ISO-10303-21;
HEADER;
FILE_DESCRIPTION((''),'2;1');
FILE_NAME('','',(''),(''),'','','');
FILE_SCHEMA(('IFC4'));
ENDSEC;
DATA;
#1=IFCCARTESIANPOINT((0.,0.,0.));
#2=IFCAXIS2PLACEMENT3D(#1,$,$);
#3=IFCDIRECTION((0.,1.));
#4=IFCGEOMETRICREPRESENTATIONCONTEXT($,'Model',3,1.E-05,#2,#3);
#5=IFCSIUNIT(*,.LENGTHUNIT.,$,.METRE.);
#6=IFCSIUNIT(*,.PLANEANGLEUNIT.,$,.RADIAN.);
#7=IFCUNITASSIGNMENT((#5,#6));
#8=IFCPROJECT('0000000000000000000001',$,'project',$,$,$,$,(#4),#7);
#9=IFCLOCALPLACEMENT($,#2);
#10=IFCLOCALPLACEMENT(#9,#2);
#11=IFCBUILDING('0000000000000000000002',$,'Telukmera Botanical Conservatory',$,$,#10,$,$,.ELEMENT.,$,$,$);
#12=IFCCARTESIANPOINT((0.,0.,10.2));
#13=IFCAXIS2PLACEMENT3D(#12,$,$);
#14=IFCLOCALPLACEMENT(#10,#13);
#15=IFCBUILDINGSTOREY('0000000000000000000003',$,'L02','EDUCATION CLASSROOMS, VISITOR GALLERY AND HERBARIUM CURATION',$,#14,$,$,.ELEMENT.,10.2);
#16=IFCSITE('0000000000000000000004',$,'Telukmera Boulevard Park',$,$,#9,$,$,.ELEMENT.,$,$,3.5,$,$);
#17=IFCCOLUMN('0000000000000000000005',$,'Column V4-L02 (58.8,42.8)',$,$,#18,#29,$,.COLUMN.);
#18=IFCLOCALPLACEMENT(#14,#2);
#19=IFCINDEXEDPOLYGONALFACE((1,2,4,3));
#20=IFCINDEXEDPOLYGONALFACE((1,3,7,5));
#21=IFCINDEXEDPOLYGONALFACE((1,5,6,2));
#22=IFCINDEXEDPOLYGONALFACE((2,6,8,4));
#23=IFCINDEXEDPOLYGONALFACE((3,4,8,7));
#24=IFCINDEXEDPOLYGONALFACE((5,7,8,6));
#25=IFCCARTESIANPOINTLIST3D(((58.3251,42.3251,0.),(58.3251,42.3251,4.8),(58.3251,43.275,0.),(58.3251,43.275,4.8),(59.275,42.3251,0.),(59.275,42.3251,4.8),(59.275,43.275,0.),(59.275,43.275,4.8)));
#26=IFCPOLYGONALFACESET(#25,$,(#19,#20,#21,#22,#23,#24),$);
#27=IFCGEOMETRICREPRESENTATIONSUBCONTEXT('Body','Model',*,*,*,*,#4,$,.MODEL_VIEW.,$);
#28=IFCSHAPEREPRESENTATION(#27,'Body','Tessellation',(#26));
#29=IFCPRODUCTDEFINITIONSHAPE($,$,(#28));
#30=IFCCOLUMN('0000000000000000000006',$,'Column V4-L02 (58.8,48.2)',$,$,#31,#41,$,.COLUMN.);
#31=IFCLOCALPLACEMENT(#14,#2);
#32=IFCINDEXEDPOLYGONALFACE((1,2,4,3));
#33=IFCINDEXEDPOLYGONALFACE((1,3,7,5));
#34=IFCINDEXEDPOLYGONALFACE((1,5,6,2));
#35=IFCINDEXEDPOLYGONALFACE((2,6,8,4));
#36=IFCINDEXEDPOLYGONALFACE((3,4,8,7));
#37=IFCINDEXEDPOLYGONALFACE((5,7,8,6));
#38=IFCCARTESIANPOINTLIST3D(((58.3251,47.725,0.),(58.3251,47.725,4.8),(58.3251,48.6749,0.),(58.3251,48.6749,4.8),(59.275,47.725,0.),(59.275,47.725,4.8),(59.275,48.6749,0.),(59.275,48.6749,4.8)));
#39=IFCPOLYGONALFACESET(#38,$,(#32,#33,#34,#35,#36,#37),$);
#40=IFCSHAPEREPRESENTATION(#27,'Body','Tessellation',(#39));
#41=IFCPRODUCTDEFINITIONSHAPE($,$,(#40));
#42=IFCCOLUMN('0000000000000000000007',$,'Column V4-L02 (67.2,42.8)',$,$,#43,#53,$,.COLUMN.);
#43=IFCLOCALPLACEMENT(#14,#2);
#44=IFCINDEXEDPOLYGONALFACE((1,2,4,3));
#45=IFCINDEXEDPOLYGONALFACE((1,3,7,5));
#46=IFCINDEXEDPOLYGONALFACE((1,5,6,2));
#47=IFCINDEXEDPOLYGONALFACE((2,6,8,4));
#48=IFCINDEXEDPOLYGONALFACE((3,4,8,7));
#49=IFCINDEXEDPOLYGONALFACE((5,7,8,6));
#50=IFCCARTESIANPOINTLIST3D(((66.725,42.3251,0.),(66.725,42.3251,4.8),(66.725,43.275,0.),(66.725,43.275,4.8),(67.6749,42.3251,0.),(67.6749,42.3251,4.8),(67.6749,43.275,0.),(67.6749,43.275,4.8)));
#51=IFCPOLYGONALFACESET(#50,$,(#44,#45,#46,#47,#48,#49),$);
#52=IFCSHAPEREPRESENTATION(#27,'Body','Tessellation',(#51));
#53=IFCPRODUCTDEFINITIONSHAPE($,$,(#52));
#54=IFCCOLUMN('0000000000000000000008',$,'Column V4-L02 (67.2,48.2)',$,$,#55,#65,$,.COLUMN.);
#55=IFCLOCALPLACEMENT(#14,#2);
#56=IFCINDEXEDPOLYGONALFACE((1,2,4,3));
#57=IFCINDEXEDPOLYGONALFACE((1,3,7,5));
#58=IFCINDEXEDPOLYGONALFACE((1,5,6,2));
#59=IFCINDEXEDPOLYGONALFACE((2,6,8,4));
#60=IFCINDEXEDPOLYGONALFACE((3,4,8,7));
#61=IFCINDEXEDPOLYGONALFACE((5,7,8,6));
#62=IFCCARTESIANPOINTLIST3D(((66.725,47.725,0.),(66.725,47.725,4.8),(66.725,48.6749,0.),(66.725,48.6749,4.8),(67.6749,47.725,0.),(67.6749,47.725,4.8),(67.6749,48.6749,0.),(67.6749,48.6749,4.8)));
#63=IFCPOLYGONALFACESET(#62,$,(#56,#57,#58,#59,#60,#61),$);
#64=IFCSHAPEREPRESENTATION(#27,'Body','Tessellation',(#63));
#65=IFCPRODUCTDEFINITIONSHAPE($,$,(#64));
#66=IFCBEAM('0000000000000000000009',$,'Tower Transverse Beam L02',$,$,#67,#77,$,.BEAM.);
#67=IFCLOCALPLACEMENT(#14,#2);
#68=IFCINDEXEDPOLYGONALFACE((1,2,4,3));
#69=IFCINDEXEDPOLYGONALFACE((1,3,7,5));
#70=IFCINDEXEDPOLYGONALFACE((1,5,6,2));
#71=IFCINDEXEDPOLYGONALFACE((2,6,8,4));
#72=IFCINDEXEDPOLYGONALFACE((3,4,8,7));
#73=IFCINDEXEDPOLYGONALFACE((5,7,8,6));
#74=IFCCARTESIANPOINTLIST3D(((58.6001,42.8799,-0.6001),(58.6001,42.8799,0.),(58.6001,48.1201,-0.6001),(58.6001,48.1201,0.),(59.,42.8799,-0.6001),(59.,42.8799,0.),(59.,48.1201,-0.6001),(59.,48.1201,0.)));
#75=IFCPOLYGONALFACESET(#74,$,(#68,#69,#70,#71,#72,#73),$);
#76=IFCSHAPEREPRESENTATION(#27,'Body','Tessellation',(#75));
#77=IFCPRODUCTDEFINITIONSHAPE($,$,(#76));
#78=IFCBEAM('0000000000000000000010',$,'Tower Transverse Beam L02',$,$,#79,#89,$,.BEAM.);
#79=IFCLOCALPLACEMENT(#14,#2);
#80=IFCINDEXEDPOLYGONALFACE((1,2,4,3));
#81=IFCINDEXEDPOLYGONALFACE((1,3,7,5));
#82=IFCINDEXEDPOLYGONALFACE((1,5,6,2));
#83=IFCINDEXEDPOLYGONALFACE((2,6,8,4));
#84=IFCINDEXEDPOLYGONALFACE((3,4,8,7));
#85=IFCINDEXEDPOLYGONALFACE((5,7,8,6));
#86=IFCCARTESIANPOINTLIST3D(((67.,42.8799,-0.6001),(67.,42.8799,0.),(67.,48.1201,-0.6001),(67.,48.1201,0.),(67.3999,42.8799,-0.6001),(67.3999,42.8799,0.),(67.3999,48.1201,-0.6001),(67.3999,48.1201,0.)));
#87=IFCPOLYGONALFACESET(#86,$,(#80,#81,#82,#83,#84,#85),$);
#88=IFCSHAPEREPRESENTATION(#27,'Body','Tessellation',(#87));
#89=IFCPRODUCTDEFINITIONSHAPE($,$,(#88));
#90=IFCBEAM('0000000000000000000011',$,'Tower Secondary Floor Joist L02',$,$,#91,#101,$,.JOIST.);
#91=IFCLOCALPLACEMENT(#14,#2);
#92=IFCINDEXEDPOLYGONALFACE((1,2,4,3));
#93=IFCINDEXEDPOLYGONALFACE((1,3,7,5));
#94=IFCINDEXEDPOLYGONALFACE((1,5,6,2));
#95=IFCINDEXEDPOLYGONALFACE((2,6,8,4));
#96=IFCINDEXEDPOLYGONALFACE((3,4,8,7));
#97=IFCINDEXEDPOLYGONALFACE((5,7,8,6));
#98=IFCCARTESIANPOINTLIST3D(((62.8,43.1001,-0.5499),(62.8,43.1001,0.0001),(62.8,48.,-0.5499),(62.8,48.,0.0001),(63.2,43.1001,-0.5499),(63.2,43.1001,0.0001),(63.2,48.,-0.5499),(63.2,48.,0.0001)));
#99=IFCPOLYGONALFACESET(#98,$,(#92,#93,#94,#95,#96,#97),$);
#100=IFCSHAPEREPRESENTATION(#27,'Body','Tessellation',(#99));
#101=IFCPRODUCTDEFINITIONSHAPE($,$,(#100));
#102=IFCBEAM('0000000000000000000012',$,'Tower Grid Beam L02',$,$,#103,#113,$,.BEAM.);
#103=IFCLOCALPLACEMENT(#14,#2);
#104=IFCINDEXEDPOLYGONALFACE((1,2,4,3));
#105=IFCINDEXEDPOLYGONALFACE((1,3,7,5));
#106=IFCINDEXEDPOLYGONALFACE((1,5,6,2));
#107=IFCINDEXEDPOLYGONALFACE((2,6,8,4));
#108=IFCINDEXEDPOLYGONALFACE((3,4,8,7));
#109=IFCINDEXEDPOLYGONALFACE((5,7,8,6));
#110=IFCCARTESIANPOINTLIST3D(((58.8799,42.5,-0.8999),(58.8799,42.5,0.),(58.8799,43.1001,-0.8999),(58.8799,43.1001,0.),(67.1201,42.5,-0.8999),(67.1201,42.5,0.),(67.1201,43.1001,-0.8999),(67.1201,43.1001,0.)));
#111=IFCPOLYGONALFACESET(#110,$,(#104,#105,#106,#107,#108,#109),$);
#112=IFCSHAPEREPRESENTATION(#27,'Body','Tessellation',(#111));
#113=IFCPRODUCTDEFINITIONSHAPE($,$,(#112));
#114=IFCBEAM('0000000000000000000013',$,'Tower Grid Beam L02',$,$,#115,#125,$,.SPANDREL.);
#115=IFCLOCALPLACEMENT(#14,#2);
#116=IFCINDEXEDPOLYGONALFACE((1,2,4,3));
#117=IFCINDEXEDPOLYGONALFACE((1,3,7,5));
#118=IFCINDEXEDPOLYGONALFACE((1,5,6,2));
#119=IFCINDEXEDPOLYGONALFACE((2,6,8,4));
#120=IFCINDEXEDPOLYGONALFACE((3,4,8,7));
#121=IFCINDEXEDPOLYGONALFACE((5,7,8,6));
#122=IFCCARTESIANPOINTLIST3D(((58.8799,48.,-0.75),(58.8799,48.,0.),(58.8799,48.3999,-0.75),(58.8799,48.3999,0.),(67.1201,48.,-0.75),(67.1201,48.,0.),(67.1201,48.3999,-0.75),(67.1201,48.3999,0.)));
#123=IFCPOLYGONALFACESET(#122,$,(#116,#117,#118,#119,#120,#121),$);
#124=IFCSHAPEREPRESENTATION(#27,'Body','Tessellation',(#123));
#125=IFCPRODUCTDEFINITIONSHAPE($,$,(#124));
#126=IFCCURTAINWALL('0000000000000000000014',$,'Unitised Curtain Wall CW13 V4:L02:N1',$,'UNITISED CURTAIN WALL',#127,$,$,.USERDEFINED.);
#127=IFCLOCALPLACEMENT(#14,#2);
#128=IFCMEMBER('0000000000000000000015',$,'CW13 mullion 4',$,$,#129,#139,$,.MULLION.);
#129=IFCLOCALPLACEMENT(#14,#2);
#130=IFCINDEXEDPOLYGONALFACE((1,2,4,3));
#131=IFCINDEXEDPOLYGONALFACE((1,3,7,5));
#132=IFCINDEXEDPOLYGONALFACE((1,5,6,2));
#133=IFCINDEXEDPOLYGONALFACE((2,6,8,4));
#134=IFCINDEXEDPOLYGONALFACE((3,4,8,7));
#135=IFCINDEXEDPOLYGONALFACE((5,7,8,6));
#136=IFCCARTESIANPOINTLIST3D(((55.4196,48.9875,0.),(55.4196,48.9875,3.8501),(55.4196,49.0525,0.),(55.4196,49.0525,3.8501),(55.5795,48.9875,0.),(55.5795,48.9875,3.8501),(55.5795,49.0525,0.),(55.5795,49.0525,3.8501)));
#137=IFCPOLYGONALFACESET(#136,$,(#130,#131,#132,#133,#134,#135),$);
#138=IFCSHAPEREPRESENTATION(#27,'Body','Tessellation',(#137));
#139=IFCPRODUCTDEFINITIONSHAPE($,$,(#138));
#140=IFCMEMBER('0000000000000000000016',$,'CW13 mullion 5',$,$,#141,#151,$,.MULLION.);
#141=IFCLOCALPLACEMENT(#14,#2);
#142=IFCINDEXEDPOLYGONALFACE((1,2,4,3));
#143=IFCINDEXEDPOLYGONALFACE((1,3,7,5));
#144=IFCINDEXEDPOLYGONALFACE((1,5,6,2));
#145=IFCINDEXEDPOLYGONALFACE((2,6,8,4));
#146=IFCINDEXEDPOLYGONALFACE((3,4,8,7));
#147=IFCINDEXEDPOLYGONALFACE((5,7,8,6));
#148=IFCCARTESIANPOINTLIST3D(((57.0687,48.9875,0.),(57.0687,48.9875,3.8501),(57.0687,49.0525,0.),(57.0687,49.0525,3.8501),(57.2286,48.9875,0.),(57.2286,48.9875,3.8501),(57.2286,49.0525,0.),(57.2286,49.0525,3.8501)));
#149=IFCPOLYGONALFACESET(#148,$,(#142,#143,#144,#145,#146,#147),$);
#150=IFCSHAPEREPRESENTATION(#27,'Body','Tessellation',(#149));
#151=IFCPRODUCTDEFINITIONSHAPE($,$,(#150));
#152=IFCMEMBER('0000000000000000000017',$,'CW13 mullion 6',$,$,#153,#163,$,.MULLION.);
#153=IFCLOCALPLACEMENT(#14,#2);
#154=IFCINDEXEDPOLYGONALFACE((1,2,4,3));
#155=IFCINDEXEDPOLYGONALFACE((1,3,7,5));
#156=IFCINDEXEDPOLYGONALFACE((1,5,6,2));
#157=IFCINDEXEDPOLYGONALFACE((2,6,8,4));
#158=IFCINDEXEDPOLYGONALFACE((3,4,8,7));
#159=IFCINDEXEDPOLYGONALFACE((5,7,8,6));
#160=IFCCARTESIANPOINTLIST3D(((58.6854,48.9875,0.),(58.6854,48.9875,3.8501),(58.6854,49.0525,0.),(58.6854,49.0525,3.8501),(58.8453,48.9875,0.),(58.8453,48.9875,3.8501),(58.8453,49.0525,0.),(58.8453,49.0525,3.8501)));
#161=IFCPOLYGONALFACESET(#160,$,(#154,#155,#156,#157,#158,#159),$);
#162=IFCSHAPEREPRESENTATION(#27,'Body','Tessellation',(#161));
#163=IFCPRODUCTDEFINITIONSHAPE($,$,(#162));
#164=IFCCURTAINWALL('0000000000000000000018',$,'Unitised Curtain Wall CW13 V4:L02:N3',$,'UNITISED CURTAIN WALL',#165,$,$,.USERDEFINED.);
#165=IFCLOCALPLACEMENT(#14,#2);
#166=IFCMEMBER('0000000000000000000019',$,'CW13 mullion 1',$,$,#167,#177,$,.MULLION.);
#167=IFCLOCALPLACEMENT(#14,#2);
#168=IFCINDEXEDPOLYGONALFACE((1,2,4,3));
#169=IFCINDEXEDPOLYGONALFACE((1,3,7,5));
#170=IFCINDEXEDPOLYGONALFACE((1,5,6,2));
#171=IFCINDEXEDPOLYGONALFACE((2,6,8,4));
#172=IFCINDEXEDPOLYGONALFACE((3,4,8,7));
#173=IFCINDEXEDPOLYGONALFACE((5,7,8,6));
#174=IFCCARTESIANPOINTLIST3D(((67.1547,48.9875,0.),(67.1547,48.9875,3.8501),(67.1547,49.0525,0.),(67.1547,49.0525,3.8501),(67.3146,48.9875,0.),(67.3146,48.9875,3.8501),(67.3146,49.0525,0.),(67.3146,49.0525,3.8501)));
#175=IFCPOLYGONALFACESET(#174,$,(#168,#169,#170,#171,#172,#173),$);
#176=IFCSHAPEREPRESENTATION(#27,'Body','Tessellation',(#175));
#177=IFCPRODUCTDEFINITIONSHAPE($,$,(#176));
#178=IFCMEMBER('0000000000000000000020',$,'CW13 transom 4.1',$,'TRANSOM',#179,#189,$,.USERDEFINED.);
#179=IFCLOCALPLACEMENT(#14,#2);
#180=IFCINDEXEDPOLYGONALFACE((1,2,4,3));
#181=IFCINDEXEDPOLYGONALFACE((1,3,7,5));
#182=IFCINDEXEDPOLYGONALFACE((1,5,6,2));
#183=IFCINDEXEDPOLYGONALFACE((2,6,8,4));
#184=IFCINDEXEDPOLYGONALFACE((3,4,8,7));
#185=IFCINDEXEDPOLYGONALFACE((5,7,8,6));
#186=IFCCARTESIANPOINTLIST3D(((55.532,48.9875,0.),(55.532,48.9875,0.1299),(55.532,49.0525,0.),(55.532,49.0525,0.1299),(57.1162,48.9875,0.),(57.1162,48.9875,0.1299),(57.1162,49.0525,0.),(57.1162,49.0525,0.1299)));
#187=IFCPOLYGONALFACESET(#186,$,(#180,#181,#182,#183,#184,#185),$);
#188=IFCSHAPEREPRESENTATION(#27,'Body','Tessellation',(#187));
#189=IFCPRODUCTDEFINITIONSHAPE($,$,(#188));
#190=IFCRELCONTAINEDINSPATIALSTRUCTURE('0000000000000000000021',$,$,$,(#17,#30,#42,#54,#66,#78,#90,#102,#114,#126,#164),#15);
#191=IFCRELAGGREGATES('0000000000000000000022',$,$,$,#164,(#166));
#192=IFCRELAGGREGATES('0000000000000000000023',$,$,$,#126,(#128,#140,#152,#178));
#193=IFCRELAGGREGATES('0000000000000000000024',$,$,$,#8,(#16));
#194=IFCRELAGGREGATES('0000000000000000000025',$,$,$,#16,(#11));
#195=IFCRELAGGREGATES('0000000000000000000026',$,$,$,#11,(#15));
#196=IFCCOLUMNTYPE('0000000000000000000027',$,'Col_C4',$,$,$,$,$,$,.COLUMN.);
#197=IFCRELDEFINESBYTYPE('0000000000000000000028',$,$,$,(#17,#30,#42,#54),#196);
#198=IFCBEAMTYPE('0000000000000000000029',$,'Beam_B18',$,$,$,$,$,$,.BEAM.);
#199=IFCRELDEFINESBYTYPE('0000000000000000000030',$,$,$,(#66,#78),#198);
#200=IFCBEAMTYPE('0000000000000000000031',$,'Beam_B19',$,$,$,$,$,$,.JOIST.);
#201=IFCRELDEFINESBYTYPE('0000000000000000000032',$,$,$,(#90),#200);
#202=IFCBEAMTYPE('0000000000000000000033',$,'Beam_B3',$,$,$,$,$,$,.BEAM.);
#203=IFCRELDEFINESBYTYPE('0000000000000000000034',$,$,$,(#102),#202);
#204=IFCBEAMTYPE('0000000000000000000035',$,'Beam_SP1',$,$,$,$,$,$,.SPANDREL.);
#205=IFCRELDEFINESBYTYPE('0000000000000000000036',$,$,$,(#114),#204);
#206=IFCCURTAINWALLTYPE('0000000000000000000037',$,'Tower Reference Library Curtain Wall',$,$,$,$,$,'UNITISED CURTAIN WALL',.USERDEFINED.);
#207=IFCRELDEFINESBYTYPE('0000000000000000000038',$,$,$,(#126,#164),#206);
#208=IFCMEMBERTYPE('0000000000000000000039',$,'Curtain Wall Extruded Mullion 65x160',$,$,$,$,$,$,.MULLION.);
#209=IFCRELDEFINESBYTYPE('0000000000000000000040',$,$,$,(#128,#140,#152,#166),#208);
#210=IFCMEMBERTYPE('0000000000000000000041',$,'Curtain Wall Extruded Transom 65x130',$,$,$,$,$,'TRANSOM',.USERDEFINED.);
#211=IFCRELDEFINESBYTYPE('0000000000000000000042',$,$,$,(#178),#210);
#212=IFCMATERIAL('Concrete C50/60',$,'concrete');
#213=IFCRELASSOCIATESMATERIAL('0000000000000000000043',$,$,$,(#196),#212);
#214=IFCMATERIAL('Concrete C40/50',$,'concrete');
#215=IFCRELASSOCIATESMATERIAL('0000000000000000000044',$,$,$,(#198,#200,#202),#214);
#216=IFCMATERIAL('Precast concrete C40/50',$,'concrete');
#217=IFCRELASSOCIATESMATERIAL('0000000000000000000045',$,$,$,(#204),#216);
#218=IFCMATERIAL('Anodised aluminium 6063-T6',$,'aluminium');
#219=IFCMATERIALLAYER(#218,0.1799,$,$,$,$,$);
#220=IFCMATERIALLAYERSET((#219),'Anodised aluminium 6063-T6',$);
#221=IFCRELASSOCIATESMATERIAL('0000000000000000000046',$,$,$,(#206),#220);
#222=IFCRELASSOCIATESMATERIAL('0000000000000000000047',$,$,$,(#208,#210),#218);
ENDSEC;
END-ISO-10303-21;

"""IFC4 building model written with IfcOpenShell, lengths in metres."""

from ifc_helpers import new_model, si_unit, direction, frame, origin, origin_2d, place, context, subcontext, project, spatial, rectangle, extrude, material, layer, layer_set, material_profile, profile_set, type_object, element, aggregate, save


model = new_model("IFC4")

# Units and contexts
model_context = context("Model", 3, precision=1e-05, world=origin(), true_north=direction((0.0, 1.0)))
body_context = subcontext(model_context, "Body", "Model", "MODEL_VIEW")
ifc_project = project(units=[si_unit("LENGTHUNIT", "METRE"), si_unit("PLANEANGLEUNIT", "RADIAN")], contexts=[model_context])

# Site, building, storey
site_placement = place(None, origin())
site = spatial("IfcSite", under=ifc_project, at=site_placement, Name="Telukmera Boulevard Park", CompositionType="ELEMENT", RefElevation=3.5)
building_placement = place(site_placement, origin())
building = spatial("IfcBuilding", under=site, at=building_placement, Name="Telukmera Botanical Conservatory", CompositionType="ELEMENT")
storey_placement = place(building_placement, frame((0.0, 0.0, 10.2)))
storey = spatial("IfcBuildingStorey", under=building, at=storey_placement, Name="L02", Description="EDUCATION CLASSROOMS, VISITOR GALLERY AND HERBARIUM CURATION", CompositionType="ELEMENT", Elevation=10.2)

# Columns
ifc_material_1 = material(Name="Concrete C50/60", Category="concrete")
ifc_material_profile_1 = material_profile(ifc_material_1, rectangle(XDim=0.95, YDim=0.95, at=origin_2d()), Name="RC 950x950")
ifc_profile_set_1 = profile_set([ifc_material_profile_1], Name="Concrete C50/60")
column_type = type_object("IfcColumnType", Name="Col_C4", PredefinedType="COLUMN", material=ifc_profile_set_1)
for number, where, z_axis, x_axis, name in (
    (1, (58.8, 42.8, 0.0), (0.0, 0.0, 1.0), (1.0, 0.0, 0.0), "Column V4-L02 (58.8,42.8)"),
    (2, (58.8, 48.2, 0.0), (0.0, 0.0, 1.0), (1.0, 0.0, 0.0), "Column V4-L02 (58.8,48.2)"),
    (3, (67.2, 42.8, 0.0), (0.0, 0.0, 1.0), (1.0, 0.0, 0.0), "Column V4-L02 (67.2,42.8)"),
    (4, (67.2, 48.2, 0.0), (0.0, 0.0, 1.0), (1.0, 0.0, 0.0), "Column V4-L02 (67.2,48.2)"),
):
    element("IfcColumn", number, at=place(storey_placement, frame(where, z_axis=z_axis, x_axis=x_axis)), inside=storey, type_object=column_type, Name=name, PredefinedType="COLUMN", context=body_context, shape_type="SweptSolid", body=[
        extrude(rectangle(XDim=0.95, YDim=0.95, at=origin_2d()), origin(), (0.0, 0.0, 1.0), 4.8),
    ])

# Beams
ifc_material_2 = material(Name="Concrete C40/50", Category="concrete")
ifc_material_profile_2 = material_profile(ifc_material_2, rectangle(XDim=0.3999, YDim=0.6001, at=origin_2d()), Name="RC 400x600")
ifc_profile_set_2 = profile_set([ifc_material_profile_2], Name="Concrete C40/50")
beam_type_1 = type_object("IfcBeamType", Name="Beam_B18", PredefinedType="BEAM", material=ifc_profile_set_2)
for number, where, z_axis, x_axis, name in (
    (5, (58.8, 42.8799, -0.3), (0.0, 1.0, 0.0), (-1.0, 0.0, 0.0), "Tower Transverse Beam L02"),
    (6, (67.2, 42.8799, -0.3), (0.0, 1.0, 0.0), (-1.0, 0.0, 0.0), "Tower Transverse Beam L02"),
):
    element("IfcBeam", number, at=place(storey_placement, frame(where, z_axis=z_axis, x_axis=x_axis)), inside=storey, type_object=beam_type_1, Name=name, PredefinedType="BEAM", context=body_context, shape_type="SweptSolid", body=[
        extrude(rectangle(XDim=0.3999, YDim=0.6001, at=origin_2d()), origin(), (0.0, 0.0, 1.0), 5.2402),
    ])
ifc_material_profile_3 = material_profile(ifc_material_2, rectangle(XDim=0.3999, YDim=0.55, at=origin_2d()), Name="RC 400x550")
ifc_profile_set_3 = profile_set([ifc_material_profile_3], Name="Concrete C40/50")
beam_type_2 = type_object("IfcBeamType", Name="Beam_B19", PredefinedType="JOIST", material=ifc_profile_set_3)
beam_1_placement = place(storey_placement, frame((63.0, 43.1001, -0.2749), z_axis=(0.0, 1.0, 0.0), x_axis=(-1.0, 0.0, 0.0)))
element("IfcBeam", 7, at=beam_1_placement, inside=storey, type_object=beam_type_2, Name="Tower Secondary Floor Joist L02", PredefinedType="JOIST", context=body_context, shape_type="SweptSolid", body=[
    extrude(rectangle(XDim=0.3999, YDim=0.55, at=origin_2d()), origin(), (0.0, 0.0, 1.0), 4.8999),
])
ifc_material_profile_4 = material_profile(ifc_material_2, rectangle(XDim=0.6001, YDim=0.8999, at=origin_2d()), Name="RC 600x900")
ifc_profile_set_4 = profile_set([ifc_material_profile_4], Name="Concrete C40/50")
beam_type_3 = type_object("IfcBeamType", Name="Beam_B3", PredefinedType="BEAM", material=ifc_profile_set_4)
beam_2_placement = place(storey_placement, frame((58.8799, 42.8, -0.45), z_axis=(1.0, 0.0, 0.0), x_axis=(0.0, 1.0, 0.0)))
element("IfcBeam", 8, at=beam_2_placement, inside=storey, type_object=beam_type_3, Name="Tower Grid Beam L02", PredefinedType="BEAM", context=body_context, shape_type="SweptSolid", body=[
    extrude(rectangle(XDim=0.6001, YDim=0.8999, at=origin_2d()), origin(), (0.0, 0.0, 1.0), 8.2402),
])
ifc_material_3 = material(Name="Precast concrete C40/50", Category="concrete")
ifc_material_profile_5 = material_profile(ifc_material_3, rectangle(XDim=0.3999, YDim=0.75, at=origin_2d()), Name="PC 400x750")
ifc_profile_set_5 = profile_set([ifc_material_profile_5], Name="Precast concrete C40/50")
beam_type_4 = type_object("IfcBeamType", Name="Beam_SP1", PredefinedType="SPANDREL", material=ifc_profile_set_5)
beam_3_placement = place(storey_placement, frame((58.8799, 48.2, -0.375), z_axis=(1.0, 0.0, 0.0), x_axis=(0.0, 1.0, 0.0)))
element("IfcBeam", 9, at=beam_3_placement, inside=storey, type_object=beam_type_4, Name="Tower Grid Beam L02", PredefinedType="SPANDREL", context=body_context, shape_type="SweptSolid", body=[
    extrude(rectangle(XDim=0.3999, YDim=0.75, at=origin_2d()), origin(), (0.0, 0.0, 1.0), 8.2402),
])

# Curtain wall, members
ifc_material_4 = material(Name="Anodised aluminium 6063-T6", Category="aluminium")
ifc_layer_1 = layer(ifc_material_4, 0.1799)
ifc_layer_set_1 = layer_set([ifc_layer_1], Name="Anodised aluminium 6063-T6")
curtain_wall_type = type_object("IfcCurtainWallType", Name="Tower Reference Library Curtain Wall", ElementType="UNITISED CURTAIN WALL", PredefinedType="USERDEFINED", material=ifc_layer_set_1)
curtain_wall_1_placement = place(storey_placement, origin())
curtain_wall_1 = element("IfcCurtainWall", 10, at=curtain_wall_1_placement, inside=storey, type_object=curtain_wall_type, Name="Unitised Curtain Wall CW13 V4:L02:N1", ObjectType="UNITISED CURTAIN WALL", PredefinedType="USERDEFINED")
ifc_material_profile_6 = material_profile(ifc_material_4, rectangle(XDim=0.0649, YDim=0.1599, at=origin_2d()), Name="ALU MULL 65x160")
ifc_profile_set_6 = profile_set([ifc_material_profile_6], Name="Anodised aluminium 6063-T6")
member_type_1 = type_object("IfcMemberType", Name="Curtain Wall Extruded Mullion 65x160", PredefinedType="MULLION", material=ifc_profile_set_6)
member_1_placement = place(storey_placement, frame((55.4995, 49.02, 0.0), z_axis=(0.0, 0.0, 1.0), x_axis=(0.0, 1.0, 0.0)))
member_1 = element("IfcMember", 11, at=member_1_placement, type_object=member_type_1, Name="CW13 mullion 4", PredefinedType="MULLION", context=body_context, shape_type="SweptSolid", body=[
    extrude(rectangle(XDim=0.0649, YDim=0.1599, at=origin_2d()), origin(), (0.0, 0.0, 1.0), 3.8501),
])
member_2_placement = place(storey_placement, frame((57.1487, 49.02, 0.0), z_axis=(0.0, 0.0, 1.0), x_axis=(0.0, 1.0, 0.0)))
member_2 = element("IfcMember", 12, at=member_2_placement, type_object=member_type_1, Name="CW13 mullion 5", PredefinedType="MULLION", context=body_context, shape_type="SweptSolid", body=[
    extrude(rectangle(XDim=0.0649, YDim=0.1599, at=origin_2d()), origin(), (0.0, 0.0, 1.0), 3.8501),
])
member_3_placement = place(storey_placement, frame((58.7654, 49.02, 0.0), z_axis=(0.0, 0.0, 1.0), x_axis=(0.0, 1.0, 0.0)))
member_3 = element("IfcMember", 13, at=member_3_placement, type_object=member_type_1, Name="CW13 mullion 6", PredefinedType="MULLION", context=body_context, shape_type="SweptSolid", body=[
    extrude(rectangle(XDim=0.0649, YDim=0.1599, at=origin_2d()), origin(), (0.0, 0.0, 1.0), 3.8501),
])

# Curtain wall, member
curtain_wall_2_placement = place(storey_placement, origin())
curtain_wall_2 = element("IfcCurtainWall", 14, at=curtain_wall_2_placement, inside=storey, type_object=curtain_wall_type, Name="Unitised Curtain Wall CW13 V4:L02:N3", ObjectType="UNITISED CURTAIN WALL", PredefinedType="USERDEFINED")
member_4_placement = place(storey_placement, frame((67.2346, 49.02, 0.0), z_axis=(0.0, 0.0, 1.0), x_axis=(0.0, 1.0, 0.0)))
member_4 = element("IfcMember", 15, at=member_4_placement, type_object=member_type_1, Name="CW13 mullion 1", PredefinedType="MULLION", context=body_context, shape_type="SweptSolid", body=[
    extrude(rectangle(XDim=0.0649, YDim=0.1599, at=origin_2d()), origin(), (0.0, 0.0, 1.0), 3.8501),
])

# Member
ifc_material_profile_7 = material_profile(ifc_material_4, rectangle(XDim=0.0649, YDim=0.1299, at=origin_2d()), Name="ALU TRAN 65x130")
ifc_profile_set_7 = profile_set([ifc_material_profile_7], Name="Anodised aluminium 6063-T6")
member_type_2 = type_object("IfcMemberType", Name="Curtain Wall Extruded Transom 65x130", ElementType="TRANSOM", PredefinedType="USERDEFINED", material=ifc_profile_set_7)
member_5_placement = place(storey_placement, frame((55.532, 49.02, 0.0649), z_axis=(1.0, 0.0, 0.0), x_axis=(0.0, 1.0, 0.0)))
member_5 = element("IfcMember", 16, at=member_5_placement, type_object=member_type_2, Name="CW13 transom 4.1", ObjectType="TRANSOM", PredefinedType="USERDEFINED", context=body_context, shape_type="SweptSolid", body=[
    extrude(rectangle(XDim=0.0649, YDim=0.1299, at=origin_2d()), origin(), (0.0, 0.0, 1.0), 1.5842),
])
aggregate(curtain_wall_2, [member_4])

aggregate(curtain_wall_1, [member_1, member_2, member_3, member_5])

save(model, "model.ifc")
